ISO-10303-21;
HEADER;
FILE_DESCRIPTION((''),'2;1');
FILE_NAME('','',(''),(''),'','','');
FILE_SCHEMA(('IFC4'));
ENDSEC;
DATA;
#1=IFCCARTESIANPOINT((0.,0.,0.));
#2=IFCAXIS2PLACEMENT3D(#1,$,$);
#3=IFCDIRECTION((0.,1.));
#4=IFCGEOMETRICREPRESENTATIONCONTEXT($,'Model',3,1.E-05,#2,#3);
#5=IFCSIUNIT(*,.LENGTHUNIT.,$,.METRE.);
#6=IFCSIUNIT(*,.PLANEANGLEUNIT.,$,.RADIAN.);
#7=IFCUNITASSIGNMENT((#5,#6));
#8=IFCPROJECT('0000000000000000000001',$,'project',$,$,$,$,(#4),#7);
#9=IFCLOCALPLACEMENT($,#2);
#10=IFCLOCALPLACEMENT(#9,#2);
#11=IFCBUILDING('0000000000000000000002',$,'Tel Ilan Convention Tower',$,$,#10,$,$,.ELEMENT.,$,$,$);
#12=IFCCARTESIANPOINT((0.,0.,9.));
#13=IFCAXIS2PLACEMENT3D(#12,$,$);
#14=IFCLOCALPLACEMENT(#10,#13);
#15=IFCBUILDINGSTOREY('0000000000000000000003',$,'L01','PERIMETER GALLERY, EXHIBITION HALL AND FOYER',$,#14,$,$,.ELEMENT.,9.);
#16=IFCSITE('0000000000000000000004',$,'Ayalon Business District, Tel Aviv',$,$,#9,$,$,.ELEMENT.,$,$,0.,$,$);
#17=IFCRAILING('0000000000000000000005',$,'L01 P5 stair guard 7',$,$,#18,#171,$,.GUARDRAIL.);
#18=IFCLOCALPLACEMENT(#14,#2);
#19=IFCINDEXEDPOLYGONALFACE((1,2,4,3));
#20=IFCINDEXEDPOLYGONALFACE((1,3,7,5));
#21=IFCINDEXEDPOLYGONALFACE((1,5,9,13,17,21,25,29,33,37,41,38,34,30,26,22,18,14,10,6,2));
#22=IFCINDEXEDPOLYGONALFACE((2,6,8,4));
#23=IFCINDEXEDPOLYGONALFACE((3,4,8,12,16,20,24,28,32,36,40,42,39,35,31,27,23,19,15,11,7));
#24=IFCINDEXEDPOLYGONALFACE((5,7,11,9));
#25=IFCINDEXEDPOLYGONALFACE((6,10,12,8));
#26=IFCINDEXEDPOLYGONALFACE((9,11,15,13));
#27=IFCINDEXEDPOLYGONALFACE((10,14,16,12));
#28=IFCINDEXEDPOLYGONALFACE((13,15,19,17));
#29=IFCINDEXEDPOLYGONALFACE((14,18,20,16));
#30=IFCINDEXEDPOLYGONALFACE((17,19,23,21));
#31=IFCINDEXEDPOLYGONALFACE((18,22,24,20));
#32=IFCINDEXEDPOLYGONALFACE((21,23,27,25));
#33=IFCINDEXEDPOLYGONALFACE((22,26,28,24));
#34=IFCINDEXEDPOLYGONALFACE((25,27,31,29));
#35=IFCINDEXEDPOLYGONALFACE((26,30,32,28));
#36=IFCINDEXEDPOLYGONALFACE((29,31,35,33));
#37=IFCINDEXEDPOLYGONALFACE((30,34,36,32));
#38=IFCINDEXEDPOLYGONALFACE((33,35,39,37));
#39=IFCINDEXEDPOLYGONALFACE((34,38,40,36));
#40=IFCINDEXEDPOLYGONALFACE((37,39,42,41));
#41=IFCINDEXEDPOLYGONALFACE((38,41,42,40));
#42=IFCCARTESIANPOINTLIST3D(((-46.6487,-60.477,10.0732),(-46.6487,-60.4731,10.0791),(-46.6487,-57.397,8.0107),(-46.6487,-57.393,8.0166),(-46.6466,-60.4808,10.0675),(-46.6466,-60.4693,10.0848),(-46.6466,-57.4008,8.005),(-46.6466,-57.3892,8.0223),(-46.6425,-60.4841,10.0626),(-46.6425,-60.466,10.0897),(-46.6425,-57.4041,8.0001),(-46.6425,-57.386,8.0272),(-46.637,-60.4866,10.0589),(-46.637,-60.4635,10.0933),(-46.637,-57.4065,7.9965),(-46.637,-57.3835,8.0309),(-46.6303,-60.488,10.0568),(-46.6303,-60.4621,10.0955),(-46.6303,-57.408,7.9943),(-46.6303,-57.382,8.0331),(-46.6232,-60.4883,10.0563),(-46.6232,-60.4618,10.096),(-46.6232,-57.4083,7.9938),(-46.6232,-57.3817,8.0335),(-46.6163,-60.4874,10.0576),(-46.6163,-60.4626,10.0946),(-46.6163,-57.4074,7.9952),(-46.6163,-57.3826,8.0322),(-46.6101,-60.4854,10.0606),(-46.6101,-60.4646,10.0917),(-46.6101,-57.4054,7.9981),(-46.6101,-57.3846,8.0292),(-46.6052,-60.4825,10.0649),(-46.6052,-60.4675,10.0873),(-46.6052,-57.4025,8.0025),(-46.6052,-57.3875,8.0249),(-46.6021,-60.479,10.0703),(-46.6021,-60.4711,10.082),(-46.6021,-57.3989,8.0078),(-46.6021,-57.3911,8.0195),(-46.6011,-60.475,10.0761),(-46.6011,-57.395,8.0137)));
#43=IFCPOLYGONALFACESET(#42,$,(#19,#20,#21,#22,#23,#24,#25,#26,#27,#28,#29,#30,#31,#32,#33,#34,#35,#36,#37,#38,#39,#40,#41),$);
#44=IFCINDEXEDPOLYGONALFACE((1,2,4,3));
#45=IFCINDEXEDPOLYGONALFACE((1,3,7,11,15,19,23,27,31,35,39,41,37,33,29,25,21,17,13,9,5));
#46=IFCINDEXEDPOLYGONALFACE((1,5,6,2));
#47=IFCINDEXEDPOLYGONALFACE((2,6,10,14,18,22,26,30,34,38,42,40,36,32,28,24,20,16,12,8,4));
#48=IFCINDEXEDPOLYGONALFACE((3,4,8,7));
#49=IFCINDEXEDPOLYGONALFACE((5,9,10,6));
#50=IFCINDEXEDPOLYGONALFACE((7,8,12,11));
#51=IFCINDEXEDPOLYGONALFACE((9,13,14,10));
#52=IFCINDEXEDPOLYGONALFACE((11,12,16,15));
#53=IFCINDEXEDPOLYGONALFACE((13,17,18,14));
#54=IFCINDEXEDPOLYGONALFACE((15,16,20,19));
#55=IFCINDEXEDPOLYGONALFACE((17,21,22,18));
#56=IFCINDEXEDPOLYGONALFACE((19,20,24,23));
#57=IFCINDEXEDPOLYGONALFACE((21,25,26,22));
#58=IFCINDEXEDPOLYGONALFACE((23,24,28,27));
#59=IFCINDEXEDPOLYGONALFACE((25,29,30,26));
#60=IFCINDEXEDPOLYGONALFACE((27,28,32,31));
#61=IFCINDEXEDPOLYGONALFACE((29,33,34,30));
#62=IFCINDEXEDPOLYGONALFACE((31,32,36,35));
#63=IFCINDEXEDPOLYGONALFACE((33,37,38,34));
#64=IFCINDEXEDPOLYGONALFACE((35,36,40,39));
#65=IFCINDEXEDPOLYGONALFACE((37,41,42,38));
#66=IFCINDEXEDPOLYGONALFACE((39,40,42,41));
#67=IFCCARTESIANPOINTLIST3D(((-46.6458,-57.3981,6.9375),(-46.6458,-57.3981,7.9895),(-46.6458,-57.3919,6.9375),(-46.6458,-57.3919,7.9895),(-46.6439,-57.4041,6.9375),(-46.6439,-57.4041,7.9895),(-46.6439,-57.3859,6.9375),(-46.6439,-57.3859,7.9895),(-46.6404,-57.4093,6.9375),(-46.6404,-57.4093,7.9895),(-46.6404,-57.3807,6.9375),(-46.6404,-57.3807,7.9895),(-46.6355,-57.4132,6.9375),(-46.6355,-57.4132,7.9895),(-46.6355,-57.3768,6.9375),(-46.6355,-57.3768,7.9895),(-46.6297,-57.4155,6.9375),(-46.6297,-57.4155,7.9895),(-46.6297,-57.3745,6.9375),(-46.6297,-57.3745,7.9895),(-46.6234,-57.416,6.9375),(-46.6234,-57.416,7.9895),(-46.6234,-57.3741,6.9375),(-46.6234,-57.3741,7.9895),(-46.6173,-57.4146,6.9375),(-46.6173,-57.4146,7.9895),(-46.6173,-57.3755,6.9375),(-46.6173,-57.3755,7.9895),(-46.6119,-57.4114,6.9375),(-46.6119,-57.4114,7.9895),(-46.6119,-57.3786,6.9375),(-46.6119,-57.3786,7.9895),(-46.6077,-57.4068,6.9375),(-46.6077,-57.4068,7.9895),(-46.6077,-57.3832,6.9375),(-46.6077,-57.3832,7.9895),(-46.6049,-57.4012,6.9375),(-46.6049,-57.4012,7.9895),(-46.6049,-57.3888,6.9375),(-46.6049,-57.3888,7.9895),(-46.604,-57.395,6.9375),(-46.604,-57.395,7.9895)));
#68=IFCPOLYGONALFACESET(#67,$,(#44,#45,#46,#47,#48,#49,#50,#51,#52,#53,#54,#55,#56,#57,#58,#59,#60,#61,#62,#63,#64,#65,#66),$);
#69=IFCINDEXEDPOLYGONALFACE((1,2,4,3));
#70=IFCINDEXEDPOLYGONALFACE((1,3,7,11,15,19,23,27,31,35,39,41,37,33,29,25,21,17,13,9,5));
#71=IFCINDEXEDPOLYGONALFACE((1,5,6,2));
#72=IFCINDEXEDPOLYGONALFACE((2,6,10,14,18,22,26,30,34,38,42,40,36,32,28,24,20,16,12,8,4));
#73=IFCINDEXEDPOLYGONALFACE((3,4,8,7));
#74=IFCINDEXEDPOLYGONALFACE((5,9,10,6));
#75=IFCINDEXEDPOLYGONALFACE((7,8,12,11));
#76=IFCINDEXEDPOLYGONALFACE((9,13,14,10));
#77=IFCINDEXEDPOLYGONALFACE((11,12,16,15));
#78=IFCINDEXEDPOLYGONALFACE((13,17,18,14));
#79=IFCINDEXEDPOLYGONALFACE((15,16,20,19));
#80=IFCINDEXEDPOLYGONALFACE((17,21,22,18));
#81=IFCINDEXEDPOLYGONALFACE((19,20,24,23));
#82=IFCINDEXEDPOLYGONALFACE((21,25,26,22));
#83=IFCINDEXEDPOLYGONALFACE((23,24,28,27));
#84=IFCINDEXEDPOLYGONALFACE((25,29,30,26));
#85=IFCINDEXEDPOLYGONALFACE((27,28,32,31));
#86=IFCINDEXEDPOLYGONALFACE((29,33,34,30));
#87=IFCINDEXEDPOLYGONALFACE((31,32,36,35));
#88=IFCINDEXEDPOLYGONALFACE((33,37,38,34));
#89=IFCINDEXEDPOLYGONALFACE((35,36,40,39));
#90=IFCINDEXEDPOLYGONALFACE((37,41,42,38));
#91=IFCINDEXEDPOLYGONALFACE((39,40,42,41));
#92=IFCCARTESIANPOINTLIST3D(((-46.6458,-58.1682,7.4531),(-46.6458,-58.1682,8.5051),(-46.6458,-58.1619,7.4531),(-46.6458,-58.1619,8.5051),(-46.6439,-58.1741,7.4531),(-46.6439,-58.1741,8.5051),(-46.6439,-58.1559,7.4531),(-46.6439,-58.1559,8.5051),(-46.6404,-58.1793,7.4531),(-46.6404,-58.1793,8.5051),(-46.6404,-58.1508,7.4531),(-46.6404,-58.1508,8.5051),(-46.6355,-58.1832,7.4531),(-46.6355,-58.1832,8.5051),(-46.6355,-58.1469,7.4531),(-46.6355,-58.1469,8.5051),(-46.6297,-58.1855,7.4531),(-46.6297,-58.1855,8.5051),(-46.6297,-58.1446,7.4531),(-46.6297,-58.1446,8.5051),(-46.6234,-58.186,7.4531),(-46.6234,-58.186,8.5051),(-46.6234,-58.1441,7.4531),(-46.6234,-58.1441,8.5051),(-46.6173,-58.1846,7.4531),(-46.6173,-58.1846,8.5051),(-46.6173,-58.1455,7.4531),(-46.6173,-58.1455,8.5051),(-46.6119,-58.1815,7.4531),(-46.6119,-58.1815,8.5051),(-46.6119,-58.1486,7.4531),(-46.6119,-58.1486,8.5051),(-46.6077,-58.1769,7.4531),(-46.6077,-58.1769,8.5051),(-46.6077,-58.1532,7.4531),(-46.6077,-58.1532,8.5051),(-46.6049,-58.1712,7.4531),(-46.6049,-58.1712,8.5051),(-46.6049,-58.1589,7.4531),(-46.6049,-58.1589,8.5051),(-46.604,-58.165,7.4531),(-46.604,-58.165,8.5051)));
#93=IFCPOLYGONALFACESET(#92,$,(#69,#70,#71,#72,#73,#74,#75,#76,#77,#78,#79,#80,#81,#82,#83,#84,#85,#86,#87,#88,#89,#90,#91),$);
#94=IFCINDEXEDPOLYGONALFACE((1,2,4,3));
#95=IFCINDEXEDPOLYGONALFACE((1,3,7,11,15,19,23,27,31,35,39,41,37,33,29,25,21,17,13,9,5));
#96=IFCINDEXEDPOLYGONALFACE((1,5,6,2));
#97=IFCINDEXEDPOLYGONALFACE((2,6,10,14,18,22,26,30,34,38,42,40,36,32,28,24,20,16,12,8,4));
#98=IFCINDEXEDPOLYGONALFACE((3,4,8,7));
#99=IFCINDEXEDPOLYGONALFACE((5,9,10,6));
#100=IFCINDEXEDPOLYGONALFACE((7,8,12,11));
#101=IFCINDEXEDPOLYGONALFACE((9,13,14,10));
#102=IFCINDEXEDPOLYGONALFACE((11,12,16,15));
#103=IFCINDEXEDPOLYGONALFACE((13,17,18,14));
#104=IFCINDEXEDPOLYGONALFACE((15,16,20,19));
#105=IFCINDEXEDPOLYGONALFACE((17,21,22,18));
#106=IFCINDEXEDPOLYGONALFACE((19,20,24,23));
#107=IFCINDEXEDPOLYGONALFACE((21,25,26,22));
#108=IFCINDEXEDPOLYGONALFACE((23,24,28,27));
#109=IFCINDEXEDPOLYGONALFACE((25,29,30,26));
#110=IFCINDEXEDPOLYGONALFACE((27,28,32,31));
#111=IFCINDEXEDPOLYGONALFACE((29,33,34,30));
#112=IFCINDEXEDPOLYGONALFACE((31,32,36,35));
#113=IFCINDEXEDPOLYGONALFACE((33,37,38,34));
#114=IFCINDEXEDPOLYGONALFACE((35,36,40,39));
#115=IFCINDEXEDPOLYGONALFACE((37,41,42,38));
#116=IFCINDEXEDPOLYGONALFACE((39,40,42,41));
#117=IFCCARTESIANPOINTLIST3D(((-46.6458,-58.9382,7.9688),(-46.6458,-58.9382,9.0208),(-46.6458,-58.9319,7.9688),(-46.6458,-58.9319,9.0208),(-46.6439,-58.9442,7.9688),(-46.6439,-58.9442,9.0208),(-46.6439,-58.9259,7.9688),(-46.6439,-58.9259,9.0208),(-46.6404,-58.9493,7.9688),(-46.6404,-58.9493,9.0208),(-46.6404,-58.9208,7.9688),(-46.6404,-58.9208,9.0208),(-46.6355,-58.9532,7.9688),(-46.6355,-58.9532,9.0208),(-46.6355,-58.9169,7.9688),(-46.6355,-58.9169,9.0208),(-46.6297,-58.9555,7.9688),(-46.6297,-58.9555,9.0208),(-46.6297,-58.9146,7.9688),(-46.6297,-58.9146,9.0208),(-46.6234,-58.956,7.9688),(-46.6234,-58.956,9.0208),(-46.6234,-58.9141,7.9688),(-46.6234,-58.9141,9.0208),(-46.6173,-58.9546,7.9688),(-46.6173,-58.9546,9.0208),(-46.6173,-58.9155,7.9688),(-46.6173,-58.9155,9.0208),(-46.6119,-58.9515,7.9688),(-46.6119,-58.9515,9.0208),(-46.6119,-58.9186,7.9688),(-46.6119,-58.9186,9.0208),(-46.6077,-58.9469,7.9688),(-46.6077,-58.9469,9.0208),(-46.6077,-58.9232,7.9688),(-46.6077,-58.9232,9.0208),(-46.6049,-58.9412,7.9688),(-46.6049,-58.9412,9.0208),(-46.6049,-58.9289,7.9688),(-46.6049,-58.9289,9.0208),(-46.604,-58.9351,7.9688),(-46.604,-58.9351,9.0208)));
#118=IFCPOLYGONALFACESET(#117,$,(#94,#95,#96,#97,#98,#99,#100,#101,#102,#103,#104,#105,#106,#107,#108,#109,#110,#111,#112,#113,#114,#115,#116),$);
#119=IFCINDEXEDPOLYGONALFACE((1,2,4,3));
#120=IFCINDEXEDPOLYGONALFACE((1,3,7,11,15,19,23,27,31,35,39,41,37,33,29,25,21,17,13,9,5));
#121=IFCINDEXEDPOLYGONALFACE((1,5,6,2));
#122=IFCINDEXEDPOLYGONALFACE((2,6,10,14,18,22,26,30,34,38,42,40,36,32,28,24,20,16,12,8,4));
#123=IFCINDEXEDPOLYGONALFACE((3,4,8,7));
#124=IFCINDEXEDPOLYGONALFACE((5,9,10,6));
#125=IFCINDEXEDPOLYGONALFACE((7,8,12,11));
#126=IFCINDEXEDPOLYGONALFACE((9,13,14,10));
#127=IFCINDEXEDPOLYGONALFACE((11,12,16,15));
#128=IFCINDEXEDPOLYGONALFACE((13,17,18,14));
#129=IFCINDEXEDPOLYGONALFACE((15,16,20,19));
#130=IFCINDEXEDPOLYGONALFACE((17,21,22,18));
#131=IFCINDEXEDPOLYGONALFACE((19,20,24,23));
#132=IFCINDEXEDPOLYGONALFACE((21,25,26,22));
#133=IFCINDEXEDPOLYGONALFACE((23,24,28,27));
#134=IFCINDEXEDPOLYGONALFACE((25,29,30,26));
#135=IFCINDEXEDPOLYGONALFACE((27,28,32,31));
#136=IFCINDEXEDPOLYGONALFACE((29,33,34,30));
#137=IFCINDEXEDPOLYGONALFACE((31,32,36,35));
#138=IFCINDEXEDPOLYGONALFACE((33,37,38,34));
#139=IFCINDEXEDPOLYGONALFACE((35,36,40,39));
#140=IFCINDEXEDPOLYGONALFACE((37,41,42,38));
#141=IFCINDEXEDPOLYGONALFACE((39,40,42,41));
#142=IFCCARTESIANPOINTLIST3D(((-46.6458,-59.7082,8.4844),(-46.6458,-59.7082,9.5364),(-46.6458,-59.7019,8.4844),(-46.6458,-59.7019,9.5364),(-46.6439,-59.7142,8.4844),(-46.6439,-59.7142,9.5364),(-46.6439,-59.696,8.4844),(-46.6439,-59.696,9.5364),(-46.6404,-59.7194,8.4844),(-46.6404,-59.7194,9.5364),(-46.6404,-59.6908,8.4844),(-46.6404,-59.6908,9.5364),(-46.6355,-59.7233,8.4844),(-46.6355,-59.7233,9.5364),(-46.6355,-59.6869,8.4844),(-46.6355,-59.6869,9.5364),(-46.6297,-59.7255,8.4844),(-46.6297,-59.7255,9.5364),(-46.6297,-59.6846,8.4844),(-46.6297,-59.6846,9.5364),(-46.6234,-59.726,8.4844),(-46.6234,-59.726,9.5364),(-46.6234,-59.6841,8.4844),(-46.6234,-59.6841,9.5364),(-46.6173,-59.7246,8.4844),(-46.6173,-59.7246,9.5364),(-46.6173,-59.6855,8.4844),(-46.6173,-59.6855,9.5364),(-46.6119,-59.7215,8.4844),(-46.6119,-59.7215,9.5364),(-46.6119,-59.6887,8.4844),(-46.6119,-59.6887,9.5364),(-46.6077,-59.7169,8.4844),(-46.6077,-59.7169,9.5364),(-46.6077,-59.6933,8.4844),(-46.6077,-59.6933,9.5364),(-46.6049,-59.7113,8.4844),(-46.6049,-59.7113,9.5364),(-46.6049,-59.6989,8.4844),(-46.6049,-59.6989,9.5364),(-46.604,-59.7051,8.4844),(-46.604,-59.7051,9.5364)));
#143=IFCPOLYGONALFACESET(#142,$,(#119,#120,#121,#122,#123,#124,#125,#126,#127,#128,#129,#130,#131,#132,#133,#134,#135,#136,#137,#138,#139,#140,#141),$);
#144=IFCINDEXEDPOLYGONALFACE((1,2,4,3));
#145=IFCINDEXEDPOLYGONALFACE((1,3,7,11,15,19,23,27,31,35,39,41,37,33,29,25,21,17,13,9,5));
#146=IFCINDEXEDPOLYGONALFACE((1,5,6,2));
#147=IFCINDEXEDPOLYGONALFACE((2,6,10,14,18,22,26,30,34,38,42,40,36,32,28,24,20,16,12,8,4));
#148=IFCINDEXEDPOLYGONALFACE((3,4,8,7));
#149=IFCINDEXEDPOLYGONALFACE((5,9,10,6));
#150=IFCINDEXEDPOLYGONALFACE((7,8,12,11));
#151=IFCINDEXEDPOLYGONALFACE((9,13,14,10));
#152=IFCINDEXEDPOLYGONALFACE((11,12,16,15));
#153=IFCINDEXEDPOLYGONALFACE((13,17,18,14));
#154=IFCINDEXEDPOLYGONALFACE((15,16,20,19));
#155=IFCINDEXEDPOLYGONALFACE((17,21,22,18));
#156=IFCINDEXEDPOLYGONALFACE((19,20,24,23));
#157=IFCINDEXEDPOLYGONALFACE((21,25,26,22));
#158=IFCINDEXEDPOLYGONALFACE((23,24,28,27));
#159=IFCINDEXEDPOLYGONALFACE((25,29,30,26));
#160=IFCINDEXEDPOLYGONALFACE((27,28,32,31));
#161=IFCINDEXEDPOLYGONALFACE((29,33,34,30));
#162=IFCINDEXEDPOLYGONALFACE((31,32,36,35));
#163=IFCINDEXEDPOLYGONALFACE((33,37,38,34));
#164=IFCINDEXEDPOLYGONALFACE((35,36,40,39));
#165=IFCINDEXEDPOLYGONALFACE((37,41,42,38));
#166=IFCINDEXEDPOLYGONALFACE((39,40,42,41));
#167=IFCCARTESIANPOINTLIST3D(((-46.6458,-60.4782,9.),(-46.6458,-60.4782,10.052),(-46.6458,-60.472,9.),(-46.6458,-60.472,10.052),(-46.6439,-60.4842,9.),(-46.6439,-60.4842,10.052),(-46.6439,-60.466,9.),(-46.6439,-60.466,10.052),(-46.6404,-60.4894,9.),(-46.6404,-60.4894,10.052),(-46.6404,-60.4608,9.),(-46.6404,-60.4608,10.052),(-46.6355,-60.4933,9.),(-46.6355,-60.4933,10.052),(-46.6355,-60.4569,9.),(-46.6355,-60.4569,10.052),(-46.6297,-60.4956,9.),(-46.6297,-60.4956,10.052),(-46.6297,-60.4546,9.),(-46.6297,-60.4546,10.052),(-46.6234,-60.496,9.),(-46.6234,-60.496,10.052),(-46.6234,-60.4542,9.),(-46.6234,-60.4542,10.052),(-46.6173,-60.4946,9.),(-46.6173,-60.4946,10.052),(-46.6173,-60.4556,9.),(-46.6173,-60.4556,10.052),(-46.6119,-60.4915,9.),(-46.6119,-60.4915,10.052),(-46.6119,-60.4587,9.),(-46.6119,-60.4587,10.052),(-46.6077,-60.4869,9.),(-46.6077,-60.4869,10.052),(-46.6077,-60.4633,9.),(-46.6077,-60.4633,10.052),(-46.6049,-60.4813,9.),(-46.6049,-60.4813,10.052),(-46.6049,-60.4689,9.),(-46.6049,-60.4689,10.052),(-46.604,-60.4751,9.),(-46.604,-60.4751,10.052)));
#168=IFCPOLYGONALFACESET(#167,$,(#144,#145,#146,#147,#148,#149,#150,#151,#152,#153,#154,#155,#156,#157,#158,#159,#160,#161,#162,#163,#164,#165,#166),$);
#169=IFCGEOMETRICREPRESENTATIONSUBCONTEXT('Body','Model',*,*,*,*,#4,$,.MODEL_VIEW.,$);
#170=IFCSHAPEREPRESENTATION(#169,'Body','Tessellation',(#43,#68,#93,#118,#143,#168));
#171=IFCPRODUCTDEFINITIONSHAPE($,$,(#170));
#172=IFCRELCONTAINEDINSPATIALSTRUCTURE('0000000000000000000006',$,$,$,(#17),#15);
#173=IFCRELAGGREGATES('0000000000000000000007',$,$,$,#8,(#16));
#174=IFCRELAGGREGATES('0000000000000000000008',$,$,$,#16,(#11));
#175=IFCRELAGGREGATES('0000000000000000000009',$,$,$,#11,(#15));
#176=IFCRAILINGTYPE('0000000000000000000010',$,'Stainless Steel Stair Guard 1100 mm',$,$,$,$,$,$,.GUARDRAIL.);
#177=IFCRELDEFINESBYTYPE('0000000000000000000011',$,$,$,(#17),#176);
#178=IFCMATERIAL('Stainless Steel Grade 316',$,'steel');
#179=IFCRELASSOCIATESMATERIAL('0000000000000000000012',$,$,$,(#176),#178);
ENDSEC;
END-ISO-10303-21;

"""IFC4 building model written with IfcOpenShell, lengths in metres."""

from ifc_helpers import new_model, si_unit, direction, frame, origin, origin_2d, place, context, subcontext, project, spatial, circle, extrude, material, type_object, element, save


model = new_model("IFC4")

# Units and contexts
model_context = context("Model", 3, precision=1e-05, world=origin(), true_north=direction((0.0, 1.0)))
body_context = subcontext(model_context, "Body", "Model", "MODEL_VIEW")
ifc_project = project(units=[si_unit("LENGTHUNIT", "METRE"), si_unit("PLANEANGLEUNIT", "RADIAN")], contexts=[model_context])

# Site, building, storey
site_placement = place(None, origin())
site = spatial("IfcSite", under=ifc_project, at=site_placement, Name="Ayalon Business District, Tel Aviv", CompositionType="ELEMENT", RefElevation=0.0)
building_placement = place(site_placement, origin())
building = spatial("IfcBuilding", under=site, at=building_placement, Name="Tel Ilan Convention Tower", CompositionType="ELEMENT")
storey_placement = place(building_placement, frame((0.0, 0.0, 9.0)))
storey = spatial("IfcBuildingStorey", under=building, at=storey_placement, Name="L01", Description="PERIMETER GALLERY, EXHIBITION HALL AND FOYER", CompositionType="ELEMENT", Elevation=9.0)

# Railing
ifc_material_1 = material(Name="Stainless Steel Grade 316", Category="steel")
railing_type_1 = type_object("IfcRailingType", Name="Stainless Steel Stair Guard 1100 mm", PredefinedType="GUARDRAIL", material=ifc_material_1)
railing_1_placement = place(storey_placement, frame((-46.625, -57.395, 6.9375)))
element("IfcRailing", 1, at=railing_1_placement, inside=storey, type_object=railing_type_1, Name="L01 P5 stair guard 7", PredefinedType="GUARDRAIL", context=body_context, shape_type="SweptSolid", body=[
    extrude(circle(Radius=0.0239, at=origin_2d()), frame((0.0, 0.0, 1.0762), z_axis=(0.0, -0.830914, 0.556401), x_axis=(1.0, 0.0, 0.0)), (0.0, 0.0, 1.0), 3.7068),
    extrude(circle(Radius=0.021, at=origin_2d()), origin(), (0.0, 0.0, 1.0), 1.052),
    extrude(circle(Radius=0.021, at=origin_2d()), frame((0.0, -0.77, 0.5156)), (0.0, 0.0, 1.0), 1.052),
    extrude(circle(Radius=0.021, at=origin_2d()), frame((0.0, -1.54, 1.0312)), (0.0, 0.0, 1.0), 1.052),
    extrude(circle(Radius=0.021, at=origin_2d()), frame((0.0, -2.3101, 1.5469)), (0.0, 0.0, 1.0), 1.052),
    extrude(circle(Radius=0.021, at=origin_2d()), frame((0.0, -3.0801, 2.0625)), (0.0, 0.0, 1.0), 1.052),
])

save(model, "model.ifc")
